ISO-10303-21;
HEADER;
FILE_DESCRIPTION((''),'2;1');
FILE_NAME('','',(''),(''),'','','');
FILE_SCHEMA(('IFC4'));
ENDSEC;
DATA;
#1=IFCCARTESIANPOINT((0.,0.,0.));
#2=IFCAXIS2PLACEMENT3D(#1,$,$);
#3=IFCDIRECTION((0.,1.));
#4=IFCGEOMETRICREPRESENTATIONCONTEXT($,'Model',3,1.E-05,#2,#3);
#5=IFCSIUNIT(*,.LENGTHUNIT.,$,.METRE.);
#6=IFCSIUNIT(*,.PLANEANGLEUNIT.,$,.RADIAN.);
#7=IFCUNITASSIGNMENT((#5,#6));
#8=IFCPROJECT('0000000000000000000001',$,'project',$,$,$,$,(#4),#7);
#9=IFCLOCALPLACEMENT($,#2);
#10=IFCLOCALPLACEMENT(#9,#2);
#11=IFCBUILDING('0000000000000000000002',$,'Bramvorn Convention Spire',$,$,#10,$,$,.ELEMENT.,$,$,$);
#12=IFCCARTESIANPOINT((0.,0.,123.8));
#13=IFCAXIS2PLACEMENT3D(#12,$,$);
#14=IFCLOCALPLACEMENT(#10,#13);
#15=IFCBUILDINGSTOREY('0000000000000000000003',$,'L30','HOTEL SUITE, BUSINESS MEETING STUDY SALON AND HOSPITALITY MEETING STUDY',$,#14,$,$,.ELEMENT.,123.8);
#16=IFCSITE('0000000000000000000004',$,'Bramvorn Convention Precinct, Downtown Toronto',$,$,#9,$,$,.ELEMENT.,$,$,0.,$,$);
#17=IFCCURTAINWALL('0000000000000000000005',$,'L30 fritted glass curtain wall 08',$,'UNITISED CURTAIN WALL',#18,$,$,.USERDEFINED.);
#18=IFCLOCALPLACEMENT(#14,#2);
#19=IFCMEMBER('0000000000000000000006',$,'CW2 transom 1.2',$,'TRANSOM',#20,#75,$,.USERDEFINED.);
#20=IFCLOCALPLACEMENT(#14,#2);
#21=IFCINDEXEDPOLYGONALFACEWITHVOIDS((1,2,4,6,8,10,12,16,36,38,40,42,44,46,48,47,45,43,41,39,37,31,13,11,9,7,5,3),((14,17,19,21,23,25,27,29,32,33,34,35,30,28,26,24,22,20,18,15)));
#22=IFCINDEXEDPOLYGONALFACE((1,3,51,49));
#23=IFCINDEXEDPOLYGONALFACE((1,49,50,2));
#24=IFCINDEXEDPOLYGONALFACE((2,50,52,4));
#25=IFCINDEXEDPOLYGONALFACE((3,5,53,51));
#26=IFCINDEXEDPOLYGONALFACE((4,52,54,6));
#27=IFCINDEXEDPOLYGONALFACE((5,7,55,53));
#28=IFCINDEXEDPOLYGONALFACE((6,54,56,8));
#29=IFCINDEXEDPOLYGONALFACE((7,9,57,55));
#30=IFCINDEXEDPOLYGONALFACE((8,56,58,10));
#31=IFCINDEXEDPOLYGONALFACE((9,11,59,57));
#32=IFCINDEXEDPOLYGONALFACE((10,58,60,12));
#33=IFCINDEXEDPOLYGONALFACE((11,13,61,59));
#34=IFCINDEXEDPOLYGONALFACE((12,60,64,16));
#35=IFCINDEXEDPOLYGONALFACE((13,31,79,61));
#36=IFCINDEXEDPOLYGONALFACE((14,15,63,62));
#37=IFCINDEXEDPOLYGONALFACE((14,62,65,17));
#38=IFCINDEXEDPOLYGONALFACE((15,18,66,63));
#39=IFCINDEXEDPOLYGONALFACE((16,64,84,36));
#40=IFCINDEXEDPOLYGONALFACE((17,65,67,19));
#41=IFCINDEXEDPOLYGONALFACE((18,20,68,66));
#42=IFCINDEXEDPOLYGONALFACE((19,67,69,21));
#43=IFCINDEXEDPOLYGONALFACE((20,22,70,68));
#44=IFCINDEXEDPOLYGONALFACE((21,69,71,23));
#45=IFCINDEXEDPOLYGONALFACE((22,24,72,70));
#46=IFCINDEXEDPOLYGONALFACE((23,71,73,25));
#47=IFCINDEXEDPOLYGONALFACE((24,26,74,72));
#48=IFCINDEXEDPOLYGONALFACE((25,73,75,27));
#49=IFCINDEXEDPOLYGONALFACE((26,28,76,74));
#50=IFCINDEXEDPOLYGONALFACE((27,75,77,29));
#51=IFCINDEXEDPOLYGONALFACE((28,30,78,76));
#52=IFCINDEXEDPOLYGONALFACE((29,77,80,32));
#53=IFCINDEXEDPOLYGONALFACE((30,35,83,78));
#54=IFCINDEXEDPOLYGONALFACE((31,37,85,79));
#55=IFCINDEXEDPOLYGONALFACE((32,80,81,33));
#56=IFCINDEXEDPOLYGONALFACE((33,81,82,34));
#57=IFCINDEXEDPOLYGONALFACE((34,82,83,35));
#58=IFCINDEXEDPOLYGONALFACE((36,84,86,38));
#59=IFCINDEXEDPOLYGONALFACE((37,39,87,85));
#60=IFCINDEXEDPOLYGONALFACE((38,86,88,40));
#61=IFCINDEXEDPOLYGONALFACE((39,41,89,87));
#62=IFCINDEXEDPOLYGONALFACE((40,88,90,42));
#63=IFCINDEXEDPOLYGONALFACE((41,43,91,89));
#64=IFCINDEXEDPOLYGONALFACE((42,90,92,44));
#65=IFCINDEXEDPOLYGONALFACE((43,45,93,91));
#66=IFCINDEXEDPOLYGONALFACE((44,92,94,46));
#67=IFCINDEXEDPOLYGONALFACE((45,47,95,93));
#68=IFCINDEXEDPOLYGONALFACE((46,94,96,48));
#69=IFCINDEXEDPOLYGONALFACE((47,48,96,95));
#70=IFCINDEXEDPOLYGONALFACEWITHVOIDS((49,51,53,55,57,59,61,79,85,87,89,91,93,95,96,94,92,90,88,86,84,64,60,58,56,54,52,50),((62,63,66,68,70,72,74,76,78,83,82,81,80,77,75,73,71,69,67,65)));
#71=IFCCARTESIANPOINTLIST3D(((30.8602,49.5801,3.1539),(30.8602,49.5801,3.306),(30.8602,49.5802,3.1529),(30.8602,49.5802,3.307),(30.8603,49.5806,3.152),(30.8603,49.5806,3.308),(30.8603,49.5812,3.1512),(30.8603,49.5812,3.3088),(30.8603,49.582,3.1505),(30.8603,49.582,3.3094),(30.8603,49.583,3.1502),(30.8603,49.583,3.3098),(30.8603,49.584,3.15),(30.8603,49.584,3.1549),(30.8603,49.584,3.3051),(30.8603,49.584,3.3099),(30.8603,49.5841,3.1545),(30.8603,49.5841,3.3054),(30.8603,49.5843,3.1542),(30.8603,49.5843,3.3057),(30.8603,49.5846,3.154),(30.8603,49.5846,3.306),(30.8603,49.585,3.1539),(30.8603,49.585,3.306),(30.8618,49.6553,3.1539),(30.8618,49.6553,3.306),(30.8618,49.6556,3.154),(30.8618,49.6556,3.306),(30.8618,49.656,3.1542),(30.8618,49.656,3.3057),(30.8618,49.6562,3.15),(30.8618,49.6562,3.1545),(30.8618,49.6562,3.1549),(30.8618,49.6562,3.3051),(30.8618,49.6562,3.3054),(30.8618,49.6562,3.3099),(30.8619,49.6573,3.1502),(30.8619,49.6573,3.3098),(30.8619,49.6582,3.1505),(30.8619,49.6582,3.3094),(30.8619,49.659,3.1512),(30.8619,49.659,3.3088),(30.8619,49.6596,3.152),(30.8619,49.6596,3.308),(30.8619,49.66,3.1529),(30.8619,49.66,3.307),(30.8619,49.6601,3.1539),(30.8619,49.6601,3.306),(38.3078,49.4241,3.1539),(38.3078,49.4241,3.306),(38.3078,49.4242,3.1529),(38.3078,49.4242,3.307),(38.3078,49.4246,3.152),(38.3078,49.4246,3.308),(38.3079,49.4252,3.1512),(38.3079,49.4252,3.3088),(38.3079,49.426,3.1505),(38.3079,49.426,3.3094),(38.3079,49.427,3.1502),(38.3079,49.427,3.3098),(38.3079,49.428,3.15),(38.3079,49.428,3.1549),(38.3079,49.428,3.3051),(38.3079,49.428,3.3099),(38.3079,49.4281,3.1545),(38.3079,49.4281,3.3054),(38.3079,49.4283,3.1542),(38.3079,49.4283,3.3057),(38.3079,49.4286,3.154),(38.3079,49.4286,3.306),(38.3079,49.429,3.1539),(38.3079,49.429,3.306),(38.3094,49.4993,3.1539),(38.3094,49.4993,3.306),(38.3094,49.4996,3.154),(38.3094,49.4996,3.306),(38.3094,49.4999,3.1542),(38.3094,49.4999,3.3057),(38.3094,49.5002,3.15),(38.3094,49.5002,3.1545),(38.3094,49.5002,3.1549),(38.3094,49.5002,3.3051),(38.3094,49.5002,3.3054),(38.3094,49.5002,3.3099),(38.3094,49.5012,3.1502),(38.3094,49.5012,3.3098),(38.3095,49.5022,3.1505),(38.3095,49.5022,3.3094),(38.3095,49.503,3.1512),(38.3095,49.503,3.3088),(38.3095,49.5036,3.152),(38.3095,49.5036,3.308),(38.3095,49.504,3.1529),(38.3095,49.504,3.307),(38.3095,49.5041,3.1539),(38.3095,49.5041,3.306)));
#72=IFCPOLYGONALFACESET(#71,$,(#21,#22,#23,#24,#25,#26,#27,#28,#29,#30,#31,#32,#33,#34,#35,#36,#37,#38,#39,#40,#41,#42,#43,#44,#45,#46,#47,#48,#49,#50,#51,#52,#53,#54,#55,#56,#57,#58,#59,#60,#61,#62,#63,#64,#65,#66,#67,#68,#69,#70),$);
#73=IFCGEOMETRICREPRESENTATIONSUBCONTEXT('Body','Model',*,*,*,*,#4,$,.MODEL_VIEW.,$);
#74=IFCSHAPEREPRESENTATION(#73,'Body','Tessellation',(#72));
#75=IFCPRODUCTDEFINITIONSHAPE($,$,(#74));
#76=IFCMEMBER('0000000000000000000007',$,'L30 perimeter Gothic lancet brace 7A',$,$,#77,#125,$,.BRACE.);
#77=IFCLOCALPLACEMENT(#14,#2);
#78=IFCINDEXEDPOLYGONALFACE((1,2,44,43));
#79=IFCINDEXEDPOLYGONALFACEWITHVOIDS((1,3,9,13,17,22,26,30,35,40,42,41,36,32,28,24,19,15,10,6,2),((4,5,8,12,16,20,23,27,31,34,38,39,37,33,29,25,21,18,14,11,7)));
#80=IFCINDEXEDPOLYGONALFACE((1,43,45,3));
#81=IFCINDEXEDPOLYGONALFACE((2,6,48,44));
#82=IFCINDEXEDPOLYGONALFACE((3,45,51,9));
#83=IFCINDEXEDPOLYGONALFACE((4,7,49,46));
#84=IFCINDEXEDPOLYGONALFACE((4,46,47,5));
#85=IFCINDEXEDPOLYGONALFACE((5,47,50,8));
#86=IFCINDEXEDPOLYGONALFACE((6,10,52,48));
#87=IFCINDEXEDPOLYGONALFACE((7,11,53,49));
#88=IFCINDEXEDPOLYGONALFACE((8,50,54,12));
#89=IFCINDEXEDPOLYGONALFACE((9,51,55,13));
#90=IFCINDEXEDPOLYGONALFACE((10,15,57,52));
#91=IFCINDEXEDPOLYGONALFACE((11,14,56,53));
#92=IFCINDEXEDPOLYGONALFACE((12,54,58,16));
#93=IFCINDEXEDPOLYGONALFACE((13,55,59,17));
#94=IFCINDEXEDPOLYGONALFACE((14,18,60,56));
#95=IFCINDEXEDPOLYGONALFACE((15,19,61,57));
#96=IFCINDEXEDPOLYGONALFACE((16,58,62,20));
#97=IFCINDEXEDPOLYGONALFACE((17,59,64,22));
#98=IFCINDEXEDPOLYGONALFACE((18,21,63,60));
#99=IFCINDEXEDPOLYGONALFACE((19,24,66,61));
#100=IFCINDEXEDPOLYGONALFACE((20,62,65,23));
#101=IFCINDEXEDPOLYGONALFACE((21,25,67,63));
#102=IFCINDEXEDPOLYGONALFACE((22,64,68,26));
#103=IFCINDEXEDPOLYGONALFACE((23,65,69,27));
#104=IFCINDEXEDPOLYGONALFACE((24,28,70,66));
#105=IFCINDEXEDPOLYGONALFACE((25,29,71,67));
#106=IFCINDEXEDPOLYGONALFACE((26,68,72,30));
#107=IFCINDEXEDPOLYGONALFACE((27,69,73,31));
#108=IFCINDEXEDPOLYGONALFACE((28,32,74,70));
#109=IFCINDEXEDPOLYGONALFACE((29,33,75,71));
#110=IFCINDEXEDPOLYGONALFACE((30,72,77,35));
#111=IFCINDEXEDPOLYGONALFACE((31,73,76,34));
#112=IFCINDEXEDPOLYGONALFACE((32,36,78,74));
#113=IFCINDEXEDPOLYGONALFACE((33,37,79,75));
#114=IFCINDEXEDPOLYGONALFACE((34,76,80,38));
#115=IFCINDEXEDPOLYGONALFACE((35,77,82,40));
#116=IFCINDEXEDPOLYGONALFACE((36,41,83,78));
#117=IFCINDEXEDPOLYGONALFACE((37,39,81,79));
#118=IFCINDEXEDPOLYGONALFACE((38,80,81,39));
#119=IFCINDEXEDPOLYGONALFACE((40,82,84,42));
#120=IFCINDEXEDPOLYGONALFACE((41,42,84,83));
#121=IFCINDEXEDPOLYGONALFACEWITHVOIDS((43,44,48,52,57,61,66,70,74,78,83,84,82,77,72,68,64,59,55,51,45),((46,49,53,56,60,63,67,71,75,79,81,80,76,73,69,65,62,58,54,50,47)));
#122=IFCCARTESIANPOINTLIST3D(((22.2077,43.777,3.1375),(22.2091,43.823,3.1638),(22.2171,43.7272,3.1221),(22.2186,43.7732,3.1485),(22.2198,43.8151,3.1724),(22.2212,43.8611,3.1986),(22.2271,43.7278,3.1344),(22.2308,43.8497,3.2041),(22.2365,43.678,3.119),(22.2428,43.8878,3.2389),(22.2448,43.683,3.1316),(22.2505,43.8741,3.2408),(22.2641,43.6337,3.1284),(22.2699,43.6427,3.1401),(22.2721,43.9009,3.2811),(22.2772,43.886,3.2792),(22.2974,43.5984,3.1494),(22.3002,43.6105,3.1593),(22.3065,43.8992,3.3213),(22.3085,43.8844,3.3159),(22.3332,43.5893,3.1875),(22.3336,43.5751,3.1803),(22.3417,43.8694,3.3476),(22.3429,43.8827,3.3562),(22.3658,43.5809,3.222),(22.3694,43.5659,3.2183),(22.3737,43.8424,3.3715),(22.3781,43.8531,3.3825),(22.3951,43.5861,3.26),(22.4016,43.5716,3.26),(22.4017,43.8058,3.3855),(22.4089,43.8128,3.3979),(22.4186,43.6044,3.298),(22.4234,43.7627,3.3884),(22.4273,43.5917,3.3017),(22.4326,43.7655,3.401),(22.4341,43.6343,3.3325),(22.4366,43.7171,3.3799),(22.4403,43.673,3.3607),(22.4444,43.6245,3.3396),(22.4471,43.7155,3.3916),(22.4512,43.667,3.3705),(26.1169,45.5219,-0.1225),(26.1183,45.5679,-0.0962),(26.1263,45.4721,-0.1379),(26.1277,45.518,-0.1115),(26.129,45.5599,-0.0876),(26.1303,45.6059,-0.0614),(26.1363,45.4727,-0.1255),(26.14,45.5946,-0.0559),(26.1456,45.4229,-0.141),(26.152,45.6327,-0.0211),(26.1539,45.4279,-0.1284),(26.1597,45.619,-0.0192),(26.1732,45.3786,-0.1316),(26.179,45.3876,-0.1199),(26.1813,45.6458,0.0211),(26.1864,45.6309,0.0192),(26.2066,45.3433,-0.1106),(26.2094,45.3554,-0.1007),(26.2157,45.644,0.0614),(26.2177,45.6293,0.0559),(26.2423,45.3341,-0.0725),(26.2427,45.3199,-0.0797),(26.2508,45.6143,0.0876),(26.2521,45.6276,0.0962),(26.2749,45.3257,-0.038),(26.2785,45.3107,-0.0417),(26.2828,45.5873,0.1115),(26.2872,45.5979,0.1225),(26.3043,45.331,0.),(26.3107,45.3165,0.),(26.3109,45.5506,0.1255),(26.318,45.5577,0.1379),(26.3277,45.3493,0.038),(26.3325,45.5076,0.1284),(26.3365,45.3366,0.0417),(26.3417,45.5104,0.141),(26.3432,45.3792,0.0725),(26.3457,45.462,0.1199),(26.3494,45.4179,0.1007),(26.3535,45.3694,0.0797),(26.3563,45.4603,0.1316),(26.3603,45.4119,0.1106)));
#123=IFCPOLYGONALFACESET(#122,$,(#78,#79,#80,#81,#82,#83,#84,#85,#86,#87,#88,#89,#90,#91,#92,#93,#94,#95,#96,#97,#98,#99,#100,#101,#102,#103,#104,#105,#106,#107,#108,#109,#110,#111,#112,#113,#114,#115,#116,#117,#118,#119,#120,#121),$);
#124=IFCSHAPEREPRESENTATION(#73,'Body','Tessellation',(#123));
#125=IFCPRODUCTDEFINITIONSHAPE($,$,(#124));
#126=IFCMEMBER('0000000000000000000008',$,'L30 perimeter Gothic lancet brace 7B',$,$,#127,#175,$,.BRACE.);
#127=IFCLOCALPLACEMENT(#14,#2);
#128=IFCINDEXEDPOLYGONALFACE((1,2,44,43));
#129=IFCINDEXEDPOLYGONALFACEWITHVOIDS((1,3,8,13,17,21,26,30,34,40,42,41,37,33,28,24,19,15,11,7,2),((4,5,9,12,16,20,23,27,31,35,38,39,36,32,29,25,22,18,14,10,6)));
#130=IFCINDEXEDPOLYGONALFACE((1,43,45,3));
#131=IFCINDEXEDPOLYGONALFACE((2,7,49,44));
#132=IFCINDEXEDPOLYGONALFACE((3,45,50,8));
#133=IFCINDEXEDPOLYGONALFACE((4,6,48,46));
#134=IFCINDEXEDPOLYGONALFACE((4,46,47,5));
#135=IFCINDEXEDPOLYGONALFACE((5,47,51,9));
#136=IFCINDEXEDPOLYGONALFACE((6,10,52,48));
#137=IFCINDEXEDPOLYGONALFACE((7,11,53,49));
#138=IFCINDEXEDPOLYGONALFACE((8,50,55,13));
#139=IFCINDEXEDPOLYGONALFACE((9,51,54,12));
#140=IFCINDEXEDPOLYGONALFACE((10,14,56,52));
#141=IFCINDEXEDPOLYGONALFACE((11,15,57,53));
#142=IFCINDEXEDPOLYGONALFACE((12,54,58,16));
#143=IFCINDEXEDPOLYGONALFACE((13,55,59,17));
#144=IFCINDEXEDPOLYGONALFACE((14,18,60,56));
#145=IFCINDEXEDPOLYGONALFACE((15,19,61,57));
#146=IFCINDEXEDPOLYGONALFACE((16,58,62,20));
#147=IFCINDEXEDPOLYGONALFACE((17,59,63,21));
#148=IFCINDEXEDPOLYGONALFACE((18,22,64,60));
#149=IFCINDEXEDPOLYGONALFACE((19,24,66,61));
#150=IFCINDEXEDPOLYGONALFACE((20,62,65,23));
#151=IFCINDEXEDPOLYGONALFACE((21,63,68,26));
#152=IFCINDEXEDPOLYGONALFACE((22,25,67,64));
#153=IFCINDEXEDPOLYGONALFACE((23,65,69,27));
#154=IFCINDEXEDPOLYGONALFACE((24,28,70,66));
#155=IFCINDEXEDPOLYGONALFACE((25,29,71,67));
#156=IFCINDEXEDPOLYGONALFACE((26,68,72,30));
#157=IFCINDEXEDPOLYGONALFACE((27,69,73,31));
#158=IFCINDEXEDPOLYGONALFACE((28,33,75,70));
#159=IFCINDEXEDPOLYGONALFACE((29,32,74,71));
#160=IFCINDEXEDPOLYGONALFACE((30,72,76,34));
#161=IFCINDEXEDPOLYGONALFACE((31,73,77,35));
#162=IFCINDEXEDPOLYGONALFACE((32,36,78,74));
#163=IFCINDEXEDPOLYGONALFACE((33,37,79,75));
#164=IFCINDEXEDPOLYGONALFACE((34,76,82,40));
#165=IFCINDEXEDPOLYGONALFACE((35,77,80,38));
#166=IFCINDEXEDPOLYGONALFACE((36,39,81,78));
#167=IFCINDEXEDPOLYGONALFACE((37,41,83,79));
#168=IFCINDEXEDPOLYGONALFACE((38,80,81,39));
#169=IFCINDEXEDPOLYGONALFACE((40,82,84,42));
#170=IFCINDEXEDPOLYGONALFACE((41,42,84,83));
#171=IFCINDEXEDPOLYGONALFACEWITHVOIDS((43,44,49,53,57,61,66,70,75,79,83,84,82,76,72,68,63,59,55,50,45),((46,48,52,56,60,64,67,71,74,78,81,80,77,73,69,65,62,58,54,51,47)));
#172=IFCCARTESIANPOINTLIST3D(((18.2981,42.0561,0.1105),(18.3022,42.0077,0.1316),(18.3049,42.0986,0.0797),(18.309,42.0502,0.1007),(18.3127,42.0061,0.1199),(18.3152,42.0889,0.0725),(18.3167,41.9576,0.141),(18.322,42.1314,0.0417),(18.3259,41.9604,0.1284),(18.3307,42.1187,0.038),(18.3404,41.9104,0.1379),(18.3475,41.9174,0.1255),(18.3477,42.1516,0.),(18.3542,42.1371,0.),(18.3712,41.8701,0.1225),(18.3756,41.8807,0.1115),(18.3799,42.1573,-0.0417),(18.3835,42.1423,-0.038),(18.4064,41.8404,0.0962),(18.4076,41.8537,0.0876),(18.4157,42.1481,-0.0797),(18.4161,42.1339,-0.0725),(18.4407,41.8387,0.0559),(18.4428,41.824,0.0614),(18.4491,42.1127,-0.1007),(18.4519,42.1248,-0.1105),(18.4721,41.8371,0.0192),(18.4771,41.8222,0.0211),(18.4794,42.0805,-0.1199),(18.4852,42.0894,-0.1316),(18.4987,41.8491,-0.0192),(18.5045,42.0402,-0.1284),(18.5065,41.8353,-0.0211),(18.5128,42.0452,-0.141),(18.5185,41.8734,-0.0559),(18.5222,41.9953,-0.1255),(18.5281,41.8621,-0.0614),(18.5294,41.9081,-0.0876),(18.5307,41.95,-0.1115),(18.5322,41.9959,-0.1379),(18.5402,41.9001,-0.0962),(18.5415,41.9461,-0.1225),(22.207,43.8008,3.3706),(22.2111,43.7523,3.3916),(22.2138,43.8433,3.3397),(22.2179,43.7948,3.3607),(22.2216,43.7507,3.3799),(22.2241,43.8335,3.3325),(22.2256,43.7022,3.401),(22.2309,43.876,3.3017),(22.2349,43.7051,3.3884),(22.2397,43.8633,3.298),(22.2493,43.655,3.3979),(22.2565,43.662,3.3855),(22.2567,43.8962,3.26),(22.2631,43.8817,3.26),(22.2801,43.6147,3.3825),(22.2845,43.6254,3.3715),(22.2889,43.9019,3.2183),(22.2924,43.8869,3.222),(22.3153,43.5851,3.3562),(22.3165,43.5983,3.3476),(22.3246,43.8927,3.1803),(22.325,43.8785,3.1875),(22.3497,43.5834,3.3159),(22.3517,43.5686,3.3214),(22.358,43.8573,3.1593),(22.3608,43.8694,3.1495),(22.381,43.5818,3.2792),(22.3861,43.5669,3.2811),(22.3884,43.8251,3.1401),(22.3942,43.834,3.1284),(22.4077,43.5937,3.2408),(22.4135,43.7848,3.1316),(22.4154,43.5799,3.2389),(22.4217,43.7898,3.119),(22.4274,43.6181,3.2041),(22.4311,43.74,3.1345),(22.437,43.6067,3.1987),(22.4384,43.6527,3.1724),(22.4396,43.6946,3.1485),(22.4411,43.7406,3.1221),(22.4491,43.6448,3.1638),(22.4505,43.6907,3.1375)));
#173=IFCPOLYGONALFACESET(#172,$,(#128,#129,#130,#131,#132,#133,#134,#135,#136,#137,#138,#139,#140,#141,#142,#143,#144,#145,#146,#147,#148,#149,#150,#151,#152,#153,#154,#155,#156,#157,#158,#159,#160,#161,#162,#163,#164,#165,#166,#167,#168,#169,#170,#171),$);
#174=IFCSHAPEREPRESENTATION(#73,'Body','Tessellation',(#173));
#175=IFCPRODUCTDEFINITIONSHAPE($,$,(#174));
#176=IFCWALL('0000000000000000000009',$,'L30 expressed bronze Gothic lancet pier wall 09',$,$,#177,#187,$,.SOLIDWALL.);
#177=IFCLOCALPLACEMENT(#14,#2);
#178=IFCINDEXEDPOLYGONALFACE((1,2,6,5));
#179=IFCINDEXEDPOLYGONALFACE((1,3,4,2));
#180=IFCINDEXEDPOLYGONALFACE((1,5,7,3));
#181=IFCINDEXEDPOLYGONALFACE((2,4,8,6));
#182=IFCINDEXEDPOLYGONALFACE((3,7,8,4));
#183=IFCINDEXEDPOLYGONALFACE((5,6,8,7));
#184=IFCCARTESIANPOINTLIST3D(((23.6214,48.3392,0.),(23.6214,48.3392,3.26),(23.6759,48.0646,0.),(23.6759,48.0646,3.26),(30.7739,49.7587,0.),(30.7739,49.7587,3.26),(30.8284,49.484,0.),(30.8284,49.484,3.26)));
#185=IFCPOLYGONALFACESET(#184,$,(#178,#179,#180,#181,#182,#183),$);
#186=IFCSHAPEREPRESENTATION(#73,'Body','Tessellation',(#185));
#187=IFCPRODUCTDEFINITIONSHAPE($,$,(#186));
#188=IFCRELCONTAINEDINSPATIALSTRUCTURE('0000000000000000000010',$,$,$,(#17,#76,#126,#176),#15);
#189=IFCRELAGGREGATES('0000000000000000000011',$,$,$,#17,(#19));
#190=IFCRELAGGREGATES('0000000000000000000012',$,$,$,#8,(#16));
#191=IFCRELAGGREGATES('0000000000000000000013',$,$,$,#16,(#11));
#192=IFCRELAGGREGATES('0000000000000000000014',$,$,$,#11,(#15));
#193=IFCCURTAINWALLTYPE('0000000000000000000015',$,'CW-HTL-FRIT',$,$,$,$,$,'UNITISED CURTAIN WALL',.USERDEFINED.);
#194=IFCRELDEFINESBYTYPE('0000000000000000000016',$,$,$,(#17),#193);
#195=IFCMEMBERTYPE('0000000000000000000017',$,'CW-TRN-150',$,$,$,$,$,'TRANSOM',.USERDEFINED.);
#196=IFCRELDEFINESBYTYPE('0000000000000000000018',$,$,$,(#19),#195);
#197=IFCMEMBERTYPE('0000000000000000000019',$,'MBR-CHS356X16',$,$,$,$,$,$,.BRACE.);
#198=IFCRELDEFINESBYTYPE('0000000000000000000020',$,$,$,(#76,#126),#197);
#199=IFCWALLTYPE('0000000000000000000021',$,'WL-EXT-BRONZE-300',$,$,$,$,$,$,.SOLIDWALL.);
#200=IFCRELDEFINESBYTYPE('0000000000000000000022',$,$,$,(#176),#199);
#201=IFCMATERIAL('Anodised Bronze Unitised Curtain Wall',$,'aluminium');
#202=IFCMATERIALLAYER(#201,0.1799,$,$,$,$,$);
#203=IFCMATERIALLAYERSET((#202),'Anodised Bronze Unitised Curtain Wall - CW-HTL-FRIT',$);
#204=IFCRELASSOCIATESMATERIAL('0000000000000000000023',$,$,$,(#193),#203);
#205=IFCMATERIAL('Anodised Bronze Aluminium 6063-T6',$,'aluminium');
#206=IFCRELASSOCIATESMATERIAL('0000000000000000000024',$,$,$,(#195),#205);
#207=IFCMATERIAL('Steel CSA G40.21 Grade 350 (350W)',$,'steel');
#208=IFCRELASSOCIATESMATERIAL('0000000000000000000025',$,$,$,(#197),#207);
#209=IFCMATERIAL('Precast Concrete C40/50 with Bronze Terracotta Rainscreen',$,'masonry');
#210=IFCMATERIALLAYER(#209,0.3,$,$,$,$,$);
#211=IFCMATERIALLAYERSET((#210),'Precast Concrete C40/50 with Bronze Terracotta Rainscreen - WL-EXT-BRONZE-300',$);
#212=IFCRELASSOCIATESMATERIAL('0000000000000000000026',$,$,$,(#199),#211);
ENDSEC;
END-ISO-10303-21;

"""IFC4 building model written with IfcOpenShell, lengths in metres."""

from ifc_helpers import new_model, si_unit, direction, frame, frame_2d, origin, origin_2d, place, context, subcontext, project, spatial, rectangle, hollow_rectangle, hollow_circle, extrude, material, layer, layer_set, material_profile, profile_set, type_object, element, aggregate, save


model = new_model("IFC4")

# Units and contexts
model_context = context("Model", 3, precision=1e-05, world=origin(), true_north=direction((0.0, 1.0)))
body_context = subcontext(model_context, "Body", "Model", "MODEL_VIEW")
ifc_project = project(units=[si_unit("LENGTHUNIT", "METRE"), si_unit("PLANEANGLEUNIT", "RADIAN")], contexts=[model_context])

# Site, building, storey
site_placement = place(None, origin())
site = spatial("IfcSite", under=ifc_project, at=site_placement, Name="Bramvorn Convention Precinct, Downtown Toronto", CompositionType="ELEMENT", RefElevation=0.0)
building_placement = place(site_placement, origin())
building = spatial("IfcBuilding", under=site, at=building_placement, Name="Bramvorn Convention Spire", CompositionType="ELEMENT")
storey_placement = place(building_placement, frame((0.0, 0.0, 123.8)))
storey = spatial("IfcBuildingStorey", under=building, at=storey_placement, Name="L30", Description="HOTEL SUITE, BUSINESS MEETING STUDY SALON AND HOSPITALITY MEETING STUDY", CompositionType="ELEMENT", Elevation=123.8)

# Shared definitions
ifc_material_1 = material(Name="Steel CSA G40.21 Grade 350 (350W)", Category="steel")

# Curtain wall, member
ifc_material_2 = material(Name="Anodised Bronze Unitised Curtain Wall", Category="aluminium")
ifc_layer_1 = layer(ifc_material_2, 0.1799)
ifc_layer_set_1 = layer_set([ifc_layer_1], Name="Anodised Bronze Unitised Curtain Wall - CW-HTL-FRIT")
curtain_wall_type = type_object("IfcCurtainWallType", Name="CW-HTL-FRIT", ElementType="UNITISED CURTAIN WALL", PredefinedType="USERDEFINED", material=ifc_layer_set_1)
curtain_wall_placement = place(storey_placement, origin())
curtain_wall = element("IfcCurtainWall", 1, at=curtain_wall_placement, inside=storey, type_object=curtain_wall_type, Name="L30 fritted glass curtain wall 08", ObjectType="UNITISED CURTAIN WALL", PredefinedType="USERDEFINED")
ifc_material_3 = material(Name="Anodised Bronze Aluminium 6063-T6", Category="aluminium")
ifc_material_profile_1 = material_profile(ifc_material_3, hollow_rectangle(XDim=0.0801, YDim=0.1599, WallThickness=0.0039, InnerFilletRadius=0.001, OuterFilletRadius=0.0039, at=origin_2d()))
ifc_profile_set_1 = profile_set([ifc_material_profile_1], Name="Anodised Bronze Aluminium 6063-T6 - CWT80X160")
member_type_1 = type_object("IfcMemberType", Name="CW-TRN-150", ElementType="TRANSOM", PredefinedType="USERDEFINED", material=ifc_profile_set_1)
member_1_placement = place(storey_placement, frame((30.8611, 49.6201, 3.23), z_axis=(0.999781, -0.020943, 0.0), x_axis=(0.020943, 0.999781, 0.0)))
member_1 = element("IfcMember", 2, at=member_1_placement, type_object=member_type_1, Name="CW2 transom 1.2", ObjectType="TRANSOM", PredefinedType="USERDEFINED", context=body_context, shape_type="SweptSolid", body=[
    extrude(hollow_rectangle(XDim=0.0801, YDim=0.1599, WallThickness=0.0039, InnerFilletRadius=0.001, OuterFilletRadius=0.0039, at=origin_2d()), origin(), (0.0, 0.0, 1.0), 7.4492),
])
aggregate(curtain_wall, [member_1])

# Members
ifc_material_profile_2 = material_profile(ifc_material_1, hollow_circle(Radius=0.1777, WallThickness=0.0159, at=origin_2d()))
ifc_profile_set_2 = profile_set([ifc_material_profile_2], Name="Steel CSA G40.21 Grade 350 (350W) - CHS356X16")
member_type_2 = type_object("IfcMemberType", Name="MBR-CHS356X16", PredefinedType="BRACE", material=ifc_profile_set_2)
member_2_placement = place(storey_placement, frame((26.2383, 45.4788, 0.0), z_axis=(-0.726494, -0.324272, 0.60585), x_axis=(0.407593, -0.913164, 0.0)))
element("IfcMember", 3, at=member_2_placement, inside=storey, type_object=member_type_2, Name="L30 perimeter Gothic lancet brace 7A", PredefinedType="BRACE", context=body_context, shape_type="SweptSolid", body=[
    extrude(hollow_circle(Radius=0.1777, WallThickness=0.0159, at=origin_2d()), origin(), (0.0, 0.0, 1.0), 5.3809),
])
member_3_placement = place(storey_placement, frame((18.4202, 41.9893, 0.0), z_axis=(0.726483, 0.324243, 0.605879), x_axis=(-0.407567, 0.913175, 0.0)))
element("IfcMember", 4, at=member_3_placement, inside=storey, type_object=member_type_2, Name="L30 perimeter Gothic lancet brace 7B", PredefinedType="BRACE", context=body_context, shape_type="SweptSolid", body=[
    extrude(hollow_circle(Radius=0.1777, WallThickness=0.0159, at=origin_2d()), origin(), (0.0, 0.0, 1.0), 5.3806),
])

# Wall
ifc_material_4 = material(Name="Precast Concrete C40/50 with Bronze Terracotta Rainscreen", Category="masonry")
ifc_layer_2 = layer(ifc_material_4, 0.3)
ifc_layer_set_2 = layer_set([ifc_layer_2], Name="Precast Concrete C40/50 with Bronze Terracotta Rainscreen - WL-EXT-BRONZE-300")
wall_type_1 = type_object("IfcWallType", Name="WL-EXT-BRONZE-300", PredefinedType="SOLIDWALL", material=ifc_layer_set_2)
wall_1_placement = place(storey_placement, frame((23.6487, 48.2019, 0.0), z_axis=(0.0, 0.0, 1.0), x_axis=(0.980872, 0.194654, 0.0)))
element("IfcWall", 5, at=wall_1_placement, inside=storey, type_object=wall_type_1, Name="L30 expressed bronze Gothic lancet pier wall 09", PredefinedType="SOLIDWALL", context=body_context, shape_type="SweptSolid", body=[
    extrude(rectangle(XDim=7.292, YDim=0.28, at=frame_2d((3.646, 0.0))), origin(), (0.0, 0.0, 1.0), 3.26),
])

save(model, "model.ifc")
